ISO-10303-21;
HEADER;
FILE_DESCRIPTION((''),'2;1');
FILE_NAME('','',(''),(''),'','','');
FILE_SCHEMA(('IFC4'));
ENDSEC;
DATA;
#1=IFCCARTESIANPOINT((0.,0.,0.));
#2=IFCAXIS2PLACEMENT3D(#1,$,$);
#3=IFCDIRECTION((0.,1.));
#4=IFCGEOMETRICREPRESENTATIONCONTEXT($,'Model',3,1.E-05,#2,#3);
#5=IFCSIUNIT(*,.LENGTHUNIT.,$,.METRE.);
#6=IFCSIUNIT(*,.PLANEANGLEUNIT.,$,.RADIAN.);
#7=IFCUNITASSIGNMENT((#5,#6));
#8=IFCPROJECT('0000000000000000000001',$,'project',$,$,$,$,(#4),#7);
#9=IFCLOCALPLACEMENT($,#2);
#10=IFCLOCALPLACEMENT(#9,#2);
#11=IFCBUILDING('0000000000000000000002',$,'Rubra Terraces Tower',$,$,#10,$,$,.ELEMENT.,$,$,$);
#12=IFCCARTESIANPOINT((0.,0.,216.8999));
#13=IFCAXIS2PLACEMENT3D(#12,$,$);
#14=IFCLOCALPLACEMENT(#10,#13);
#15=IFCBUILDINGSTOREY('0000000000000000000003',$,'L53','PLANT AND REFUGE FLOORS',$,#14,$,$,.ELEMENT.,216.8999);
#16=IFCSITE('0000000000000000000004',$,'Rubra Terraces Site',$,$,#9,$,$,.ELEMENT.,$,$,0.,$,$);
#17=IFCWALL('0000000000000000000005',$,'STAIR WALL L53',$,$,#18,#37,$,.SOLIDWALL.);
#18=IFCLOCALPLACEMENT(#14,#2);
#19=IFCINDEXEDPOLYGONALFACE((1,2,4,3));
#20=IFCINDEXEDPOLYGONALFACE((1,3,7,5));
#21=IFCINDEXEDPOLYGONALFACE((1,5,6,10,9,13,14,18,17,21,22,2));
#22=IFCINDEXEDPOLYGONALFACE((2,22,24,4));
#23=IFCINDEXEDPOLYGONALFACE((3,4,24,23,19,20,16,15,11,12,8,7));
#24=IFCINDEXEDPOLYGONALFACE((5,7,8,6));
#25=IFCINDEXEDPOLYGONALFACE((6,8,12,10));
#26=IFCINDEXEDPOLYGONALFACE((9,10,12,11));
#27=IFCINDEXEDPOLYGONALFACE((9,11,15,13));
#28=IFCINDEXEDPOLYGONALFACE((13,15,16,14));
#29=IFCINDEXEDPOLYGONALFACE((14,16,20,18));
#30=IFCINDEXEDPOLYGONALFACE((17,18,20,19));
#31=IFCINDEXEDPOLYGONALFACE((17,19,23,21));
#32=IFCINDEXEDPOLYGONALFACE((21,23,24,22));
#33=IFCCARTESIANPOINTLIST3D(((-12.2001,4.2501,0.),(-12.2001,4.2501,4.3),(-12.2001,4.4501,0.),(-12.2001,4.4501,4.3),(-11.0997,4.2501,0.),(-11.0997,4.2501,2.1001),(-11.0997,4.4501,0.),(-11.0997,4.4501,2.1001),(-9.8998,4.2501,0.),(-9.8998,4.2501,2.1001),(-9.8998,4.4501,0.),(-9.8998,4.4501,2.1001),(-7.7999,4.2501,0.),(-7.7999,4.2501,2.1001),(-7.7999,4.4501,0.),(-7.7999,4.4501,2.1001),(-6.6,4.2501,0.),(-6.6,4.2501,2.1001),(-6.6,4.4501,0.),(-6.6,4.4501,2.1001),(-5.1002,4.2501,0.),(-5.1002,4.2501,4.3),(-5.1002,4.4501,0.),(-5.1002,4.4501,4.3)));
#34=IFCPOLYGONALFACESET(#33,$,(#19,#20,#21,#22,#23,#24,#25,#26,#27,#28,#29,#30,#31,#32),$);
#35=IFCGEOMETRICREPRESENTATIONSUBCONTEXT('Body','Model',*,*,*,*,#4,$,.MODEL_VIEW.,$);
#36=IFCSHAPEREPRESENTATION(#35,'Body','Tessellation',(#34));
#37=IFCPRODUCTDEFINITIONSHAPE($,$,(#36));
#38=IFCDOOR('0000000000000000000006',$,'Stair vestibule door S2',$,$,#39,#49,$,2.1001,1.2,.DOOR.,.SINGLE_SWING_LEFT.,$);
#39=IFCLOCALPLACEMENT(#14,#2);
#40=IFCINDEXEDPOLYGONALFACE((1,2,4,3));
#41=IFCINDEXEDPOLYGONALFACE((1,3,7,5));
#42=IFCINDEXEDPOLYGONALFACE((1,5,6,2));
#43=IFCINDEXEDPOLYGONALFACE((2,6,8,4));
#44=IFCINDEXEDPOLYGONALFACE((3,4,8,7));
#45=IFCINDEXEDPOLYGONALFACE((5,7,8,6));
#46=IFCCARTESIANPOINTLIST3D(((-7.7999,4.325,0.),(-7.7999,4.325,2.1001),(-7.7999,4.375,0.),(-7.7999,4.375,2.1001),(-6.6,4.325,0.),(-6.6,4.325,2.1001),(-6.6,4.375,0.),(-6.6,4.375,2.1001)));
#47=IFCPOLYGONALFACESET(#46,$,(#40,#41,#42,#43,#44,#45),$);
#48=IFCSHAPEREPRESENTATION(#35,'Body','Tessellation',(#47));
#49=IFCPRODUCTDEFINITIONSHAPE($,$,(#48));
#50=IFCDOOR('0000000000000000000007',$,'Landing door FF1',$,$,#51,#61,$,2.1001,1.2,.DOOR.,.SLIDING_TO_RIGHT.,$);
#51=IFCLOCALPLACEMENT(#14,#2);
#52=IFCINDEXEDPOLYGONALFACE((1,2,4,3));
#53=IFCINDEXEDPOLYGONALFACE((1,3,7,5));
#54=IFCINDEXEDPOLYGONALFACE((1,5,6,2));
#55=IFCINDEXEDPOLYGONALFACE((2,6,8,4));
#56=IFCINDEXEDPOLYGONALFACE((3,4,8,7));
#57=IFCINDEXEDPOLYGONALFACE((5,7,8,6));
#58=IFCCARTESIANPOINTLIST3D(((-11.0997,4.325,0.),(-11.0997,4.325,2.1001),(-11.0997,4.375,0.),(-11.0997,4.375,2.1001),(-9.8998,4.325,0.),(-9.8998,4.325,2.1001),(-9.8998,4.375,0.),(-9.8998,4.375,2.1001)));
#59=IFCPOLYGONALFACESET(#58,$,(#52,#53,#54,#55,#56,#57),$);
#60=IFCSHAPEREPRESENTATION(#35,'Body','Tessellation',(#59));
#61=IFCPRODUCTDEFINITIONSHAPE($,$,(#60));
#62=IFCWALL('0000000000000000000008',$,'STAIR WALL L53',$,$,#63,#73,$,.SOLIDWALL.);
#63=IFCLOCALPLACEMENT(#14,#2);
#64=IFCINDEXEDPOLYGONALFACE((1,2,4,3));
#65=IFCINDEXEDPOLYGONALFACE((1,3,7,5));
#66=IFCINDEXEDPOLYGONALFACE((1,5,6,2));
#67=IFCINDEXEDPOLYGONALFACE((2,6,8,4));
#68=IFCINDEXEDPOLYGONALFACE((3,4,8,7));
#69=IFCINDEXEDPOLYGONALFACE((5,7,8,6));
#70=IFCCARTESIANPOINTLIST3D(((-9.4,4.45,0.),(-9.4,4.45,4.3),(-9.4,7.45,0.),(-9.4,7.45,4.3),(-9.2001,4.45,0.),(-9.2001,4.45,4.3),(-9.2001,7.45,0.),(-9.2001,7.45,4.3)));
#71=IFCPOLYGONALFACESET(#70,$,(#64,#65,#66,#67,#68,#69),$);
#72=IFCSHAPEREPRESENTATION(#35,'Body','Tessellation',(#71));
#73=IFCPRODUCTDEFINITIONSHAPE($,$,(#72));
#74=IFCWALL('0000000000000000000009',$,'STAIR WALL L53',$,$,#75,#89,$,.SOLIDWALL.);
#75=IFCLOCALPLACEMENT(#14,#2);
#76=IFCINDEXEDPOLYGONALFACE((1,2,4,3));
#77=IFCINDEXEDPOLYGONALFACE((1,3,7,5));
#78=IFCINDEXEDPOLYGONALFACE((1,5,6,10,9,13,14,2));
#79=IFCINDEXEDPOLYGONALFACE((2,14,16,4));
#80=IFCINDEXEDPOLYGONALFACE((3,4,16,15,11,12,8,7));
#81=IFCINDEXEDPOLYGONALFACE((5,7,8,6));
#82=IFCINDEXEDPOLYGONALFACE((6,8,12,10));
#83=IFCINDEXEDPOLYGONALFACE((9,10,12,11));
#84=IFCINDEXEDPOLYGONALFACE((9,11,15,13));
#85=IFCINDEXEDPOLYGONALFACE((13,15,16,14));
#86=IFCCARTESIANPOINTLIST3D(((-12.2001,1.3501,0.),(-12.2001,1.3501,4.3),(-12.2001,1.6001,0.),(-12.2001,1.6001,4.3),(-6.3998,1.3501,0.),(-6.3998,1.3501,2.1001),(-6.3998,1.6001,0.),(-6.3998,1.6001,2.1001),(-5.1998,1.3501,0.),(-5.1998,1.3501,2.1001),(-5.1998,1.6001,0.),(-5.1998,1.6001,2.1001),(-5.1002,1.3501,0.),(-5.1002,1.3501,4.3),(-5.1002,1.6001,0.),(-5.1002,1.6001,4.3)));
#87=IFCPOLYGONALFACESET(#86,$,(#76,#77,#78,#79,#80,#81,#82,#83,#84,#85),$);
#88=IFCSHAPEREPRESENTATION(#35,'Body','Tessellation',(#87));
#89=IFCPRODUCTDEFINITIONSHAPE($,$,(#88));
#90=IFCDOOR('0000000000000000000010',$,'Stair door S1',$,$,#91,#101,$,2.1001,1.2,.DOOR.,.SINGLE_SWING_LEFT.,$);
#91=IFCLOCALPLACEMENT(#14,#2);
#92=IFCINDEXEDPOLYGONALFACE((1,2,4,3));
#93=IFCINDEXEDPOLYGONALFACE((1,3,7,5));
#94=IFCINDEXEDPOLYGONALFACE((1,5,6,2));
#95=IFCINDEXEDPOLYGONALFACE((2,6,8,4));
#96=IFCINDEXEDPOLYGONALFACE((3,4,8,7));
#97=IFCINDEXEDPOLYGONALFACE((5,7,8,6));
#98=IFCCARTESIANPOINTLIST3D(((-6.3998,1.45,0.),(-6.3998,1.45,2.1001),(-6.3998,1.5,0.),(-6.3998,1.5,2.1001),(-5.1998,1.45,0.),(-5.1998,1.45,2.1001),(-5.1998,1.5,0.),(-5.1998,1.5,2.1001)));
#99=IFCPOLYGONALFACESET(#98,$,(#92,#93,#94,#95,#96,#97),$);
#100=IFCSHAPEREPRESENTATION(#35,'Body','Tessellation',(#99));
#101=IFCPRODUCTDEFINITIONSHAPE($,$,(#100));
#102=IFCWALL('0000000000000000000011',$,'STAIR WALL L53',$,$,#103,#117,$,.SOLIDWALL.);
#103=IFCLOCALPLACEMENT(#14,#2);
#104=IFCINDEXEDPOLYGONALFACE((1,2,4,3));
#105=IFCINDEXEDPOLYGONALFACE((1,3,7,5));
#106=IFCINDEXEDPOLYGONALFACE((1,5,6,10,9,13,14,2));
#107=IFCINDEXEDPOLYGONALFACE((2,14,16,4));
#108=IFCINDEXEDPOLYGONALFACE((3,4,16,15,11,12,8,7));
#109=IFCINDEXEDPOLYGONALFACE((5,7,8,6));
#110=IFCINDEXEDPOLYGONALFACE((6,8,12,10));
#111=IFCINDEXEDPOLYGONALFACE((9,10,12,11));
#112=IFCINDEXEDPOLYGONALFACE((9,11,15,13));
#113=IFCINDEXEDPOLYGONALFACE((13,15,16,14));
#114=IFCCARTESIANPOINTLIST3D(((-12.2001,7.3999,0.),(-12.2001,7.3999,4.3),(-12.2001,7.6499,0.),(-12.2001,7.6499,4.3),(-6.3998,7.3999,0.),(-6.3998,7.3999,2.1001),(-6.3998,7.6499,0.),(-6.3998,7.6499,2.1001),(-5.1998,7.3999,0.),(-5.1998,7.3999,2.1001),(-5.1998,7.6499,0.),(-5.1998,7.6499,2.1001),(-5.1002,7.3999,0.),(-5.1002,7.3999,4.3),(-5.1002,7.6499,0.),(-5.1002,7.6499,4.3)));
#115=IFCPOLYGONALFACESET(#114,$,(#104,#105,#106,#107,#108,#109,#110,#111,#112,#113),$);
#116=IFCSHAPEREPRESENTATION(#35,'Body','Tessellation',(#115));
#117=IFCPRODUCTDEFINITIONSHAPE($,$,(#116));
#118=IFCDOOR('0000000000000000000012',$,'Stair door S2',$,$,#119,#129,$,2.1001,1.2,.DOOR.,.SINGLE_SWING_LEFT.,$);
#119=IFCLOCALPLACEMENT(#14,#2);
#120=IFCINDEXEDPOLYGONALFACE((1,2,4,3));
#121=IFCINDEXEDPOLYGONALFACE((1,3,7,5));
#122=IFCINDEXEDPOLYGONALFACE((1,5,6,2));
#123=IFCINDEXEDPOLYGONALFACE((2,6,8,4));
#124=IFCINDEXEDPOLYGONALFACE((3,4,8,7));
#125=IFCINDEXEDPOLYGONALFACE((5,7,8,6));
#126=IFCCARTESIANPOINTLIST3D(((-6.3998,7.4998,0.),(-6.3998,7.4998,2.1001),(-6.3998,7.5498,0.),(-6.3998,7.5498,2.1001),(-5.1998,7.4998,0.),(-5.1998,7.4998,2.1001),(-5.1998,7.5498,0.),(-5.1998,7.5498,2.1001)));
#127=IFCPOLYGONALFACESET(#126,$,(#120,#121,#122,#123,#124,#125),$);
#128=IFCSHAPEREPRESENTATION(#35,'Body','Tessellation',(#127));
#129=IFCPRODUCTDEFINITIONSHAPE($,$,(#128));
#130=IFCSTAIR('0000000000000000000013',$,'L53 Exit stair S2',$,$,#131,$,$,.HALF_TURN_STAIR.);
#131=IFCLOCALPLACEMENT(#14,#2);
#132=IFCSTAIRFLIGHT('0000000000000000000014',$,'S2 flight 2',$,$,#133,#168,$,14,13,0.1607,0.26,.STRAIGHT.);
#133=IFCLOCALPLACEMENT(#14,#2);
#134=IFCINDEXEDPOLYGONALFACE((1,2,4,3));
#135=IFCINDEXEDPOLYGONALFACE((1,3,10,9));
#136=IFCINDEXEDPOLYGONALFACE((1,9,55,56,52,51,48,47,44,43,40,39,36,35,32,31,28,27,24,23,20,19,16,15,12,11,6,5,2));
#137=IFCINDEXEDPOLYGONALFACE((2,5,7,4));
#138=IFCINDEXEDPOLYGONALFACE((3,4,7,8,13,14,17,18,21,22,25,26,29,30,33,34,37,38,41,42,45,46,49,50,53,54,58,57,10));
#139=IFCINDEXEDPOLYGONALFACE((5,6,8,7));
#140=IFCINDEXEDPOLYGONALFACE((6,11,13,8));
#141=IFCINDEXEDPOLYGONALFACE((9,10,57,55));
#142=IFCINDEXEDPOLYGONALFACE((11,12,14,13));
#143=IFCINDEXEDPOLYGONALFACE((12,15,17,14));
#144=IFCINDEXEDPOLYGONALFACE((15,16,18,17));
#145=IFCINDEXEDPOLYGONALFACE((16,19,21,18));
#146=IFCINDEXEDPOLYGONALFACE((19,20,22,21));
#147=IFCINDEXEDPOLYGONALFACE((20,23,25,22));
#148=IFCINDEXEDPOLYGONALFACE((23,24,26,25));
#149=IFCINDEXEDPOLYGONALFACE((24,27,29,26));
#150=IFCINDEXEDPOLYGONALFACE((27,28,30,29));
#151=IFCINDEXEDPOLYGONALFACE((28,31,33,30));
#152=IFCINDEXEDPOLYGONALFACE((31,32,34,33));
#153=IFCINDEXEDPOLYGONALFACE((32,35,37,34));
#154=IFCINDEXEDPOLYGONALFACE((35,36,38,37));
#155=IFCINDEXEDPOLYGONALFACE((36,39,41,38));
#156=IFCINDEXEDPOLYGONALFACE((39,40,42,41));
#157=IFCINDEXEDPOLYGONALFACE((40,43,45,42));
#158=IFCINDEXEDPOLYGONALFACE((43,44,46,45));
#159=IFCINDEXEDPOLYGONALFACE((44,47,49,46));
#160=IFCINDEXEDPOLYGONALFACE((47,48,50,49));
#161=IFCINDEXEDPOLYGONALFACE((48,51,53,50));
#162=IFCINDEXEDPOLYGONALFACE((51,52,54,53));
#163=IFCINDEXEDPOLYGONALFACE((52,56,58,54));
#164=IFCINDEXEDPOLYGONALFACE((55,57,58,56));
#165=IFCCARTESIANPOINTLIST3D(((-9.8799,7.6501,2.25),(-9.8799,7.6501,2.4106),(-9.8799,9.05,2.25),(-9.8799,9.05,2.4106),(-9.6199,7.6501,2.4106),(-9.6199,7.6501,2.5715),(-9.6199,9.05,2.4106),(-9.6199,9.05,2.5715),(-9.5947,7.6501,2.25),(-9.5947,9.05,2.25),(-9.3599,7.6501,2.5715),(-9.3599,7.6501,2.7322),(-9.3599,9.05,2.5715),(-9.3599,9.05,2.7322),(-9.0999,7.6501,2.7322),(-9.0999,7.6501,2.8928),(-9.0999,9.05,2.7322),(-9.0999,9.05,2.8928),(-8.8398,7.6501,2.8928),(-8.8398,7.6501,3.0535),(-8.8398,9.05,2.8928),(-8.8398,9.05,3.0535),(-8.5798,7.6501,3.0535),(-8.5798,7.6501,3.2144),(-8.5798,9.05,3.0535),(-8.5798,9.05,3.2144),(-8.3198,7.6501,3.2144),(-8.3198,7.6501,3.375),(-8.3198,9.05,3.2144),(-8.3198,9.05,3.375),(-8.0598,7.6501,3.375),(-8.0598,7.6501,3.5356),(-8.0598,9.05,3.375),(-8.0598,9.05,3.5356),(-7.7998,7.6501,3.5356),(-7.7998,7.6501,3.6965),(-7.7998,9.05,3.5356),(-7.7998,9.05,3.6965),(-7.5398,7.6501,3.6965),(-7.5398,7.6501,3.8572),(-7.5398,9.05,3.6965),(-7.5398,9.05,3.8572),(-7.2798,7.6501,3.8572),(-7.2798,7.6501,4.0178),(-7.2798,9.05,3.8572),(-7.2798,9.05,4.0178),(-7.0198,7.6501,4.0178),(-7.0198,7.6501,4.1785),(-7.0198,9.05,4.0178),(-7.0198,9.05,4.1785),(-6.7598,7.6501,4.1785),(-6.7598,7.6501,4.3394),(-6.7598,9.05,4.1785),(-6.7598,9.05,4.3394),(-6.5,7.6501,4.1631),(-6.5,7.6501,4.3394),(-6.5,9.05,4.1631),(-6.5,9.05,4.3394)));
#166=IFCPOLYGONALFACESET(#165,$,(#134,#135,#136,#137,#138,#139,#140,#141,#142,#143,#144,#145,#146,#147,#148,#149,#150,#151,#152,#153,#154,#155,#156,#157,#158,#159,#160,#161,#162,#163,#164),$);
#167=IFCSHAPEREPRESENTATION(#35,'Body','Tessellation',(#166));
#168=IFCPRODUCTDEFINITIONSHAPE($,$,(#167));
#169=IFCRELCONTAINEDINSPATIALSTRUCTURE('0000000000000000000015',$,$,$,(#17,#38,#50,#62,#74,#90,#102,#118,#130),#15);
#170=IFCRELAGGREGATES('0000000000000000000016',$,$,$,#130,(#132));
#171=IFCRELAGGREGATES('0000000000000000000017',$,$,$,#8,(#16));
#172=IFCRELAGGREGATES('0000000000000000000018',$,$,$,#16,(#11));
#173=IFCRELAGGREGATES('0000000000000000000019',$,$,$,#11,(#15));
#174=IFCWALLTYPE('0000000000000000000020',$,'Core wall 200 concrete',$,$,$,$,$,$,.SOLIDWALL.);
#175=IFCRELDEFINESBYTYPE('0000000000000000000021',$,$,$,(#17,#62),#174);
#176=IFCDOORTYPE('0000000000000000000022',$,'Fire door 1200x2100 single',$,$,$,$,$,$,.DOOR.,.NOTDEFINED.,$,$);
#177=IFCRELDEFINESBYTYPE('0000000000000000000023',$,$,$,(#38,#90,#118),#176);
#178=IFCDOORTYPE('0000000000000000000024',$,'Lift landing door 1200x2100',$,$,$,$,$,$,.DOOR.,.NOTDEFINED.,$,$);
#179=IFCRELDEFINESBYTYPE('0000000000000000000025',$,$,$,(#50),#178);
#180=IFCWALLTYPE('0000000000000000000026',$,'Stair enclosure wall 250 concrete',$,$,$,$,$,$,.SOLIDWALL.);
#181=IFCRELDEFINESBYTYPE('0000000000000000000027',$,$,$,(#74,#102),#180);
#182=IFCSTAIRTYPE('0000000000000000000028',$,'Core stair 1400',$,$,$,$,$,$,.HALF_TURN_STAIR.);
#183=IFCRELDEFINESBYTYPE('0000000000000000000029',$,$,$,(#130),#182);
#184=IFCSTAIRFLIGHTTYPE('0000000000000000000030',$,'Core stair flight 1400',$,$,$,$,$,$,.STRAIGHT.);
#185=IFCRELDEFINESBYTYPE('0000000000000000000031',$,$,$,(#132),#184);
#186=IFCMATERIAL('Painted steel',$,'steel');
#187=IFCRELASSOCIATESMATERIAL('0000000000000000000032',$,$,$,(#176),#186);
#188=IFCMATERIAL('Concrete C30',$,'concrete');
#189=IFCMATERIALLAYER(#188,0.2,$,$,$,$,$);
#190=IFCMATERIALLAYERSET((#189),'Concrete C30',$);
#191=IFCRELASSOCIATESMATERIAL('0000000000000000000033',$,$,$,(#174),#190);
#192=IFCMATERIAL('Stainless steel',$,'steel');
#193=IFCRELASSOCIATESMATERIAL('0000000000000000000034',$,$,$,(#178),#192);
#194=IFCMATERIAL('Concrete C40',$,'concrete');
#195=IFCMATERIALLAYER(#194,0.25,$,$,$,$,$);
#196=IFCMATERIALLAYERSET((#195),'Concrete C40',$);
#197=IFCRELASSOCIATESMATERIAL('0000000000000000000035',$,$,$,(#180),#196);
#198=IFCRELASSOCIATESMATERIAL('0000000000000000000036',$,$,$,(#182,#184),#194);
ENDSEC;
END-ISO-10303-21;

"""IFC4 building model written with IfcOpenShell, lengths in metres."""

from ifc_helpers import new_model, si_unit, direction, frame, frame_2d, origin, place, context, subcontext, project, spatial, polyline, rectangle, outline, extrude, material, layer, layer_set, type_object, element, fill, aggregate, save


model = new_model("IFC4")

# Units and contexts
model_context = context("Model", 3, precision=1e-05, world=origin(), true_north=direction((0.0, 1.0)))
body_context = subcontext(model_context, "Body", "Model", "MODEL_VIEW")
ifc_project = project(units=[si_unit("LENGTHUNIT", "METRE"), si_unit("PLANEANGLEUNIT", "RADIAN")], contexts=[model_context])

# Site, building, storey
site_placement = place(None, origin())
site = spatial("IfcSite", under=ifc_project, at=site_placement, Name="Rubra Terraces Site", CompositionType="ELEMENT", RefElevation=0.0)
building_placement = place(site_placement, origin())
building = spatial("IfcBuilding", under=site, at=building_placement, Name="Rubra Terraces Tower", CompositionType="ELEMENT")
storey_placement = place(building_placement, frame((0.0, 0.0, 216.8999)))
storey = spatial("IfcBuildingStorey", under=building, at=storey_placement, Name="L53", Description="PLANT AND REFUGE FLOORS", CompositionType="ELEMENT", Elevation=216.8999)

# Shared definitions
ifc_material_1 = material(Name="Painted steel", Category="steel")
door_type_1 = type_object("IfcDoorType", Name="Fire door 1200x2100 single", OperationType="NOTDEFINED", PredefinedType="DOOR", material=ifc_material_1)

# Shared definitions
ifc_material_2 = material(Name="Concrete C40", Category="concrete")

# Wall, openings, doors
ifc_material_3 = material(Name="Concrete C30", Category="concrete")
ifc_layer_1 = layer(ifc_material_3, 0.2)
ifc_layer_set_1 = layer_set([ifc_layer_1], Name="Concrete C30")
wall_type_1 = type_object("IfcWallType", Name="Core wall 200 concrete", PredefinedType="SOLIDWALL", material=ifc_layer_set_1)
wall_1_placement = place(storey_placement, frame((-12.2, 4.3501, 0.0), z_axis=(0.0, 0.0, 1.0), x_axis=(1.0, 0.0, 0.0)))
wall_1 = element("IfcWall", 1, at=wall_1_placement, inside=storey, type_object=wall_type_1, Name="STAIR WALL L53", PredefinedType="SOLIDWALL", context=body_context, shape_type="SweptSolid", body=[
    extrude(rectangle(XDim=7.0999, YDim=0.2, at=frame_2d((3.5498, 0.0))), origin(), (0.0, 0.0, 1.0), 4.3),
])
opening_1_placement = place(wall_1_placement, frame((4.3999, 0.0, 0.0)))
opening_1 = element("IfcOpeningElement", 2, at=opening_1_placement, cuts=wall_1, PredefinedType="OPENING", context=body_context, shape_type="SweptSolid", body=[
    extrude(rectangle(XDim=1.2, YDim=2.1001, at=frame_2d((0.6001, 1.05))), frame((0.0, 0.1099, 0.0), z_axis=(0.0, -1.0, 0.0), x_axis=(1.0, 0.0, 0.0)), (0.0, 0.0, 1.0), 0.22),
])
opening_2_placement = place(wall_1_placement, frame((1.1001, 0.0, 0.0)))
opening_2 = element("IfcOpeningElement", 3, at=opening_2_placement, cuts=wall_1, PredefinedType="OPENING", context=body_context, shape_type="SweptSolid", body=[
    extrude(rectangle(XDim=1.2, YDim=2.1001, at=frame_2d((0.6001, 1.05))), frame((0.0, 0.1099, 0.0), z_axis=(0.0, -1.0, 0.0), x_axis=(1.0, 0.0, 0.0)), (0.0, 0.0, 1.0), 0.22),
])
door_1_placement = place(opening_1_placement, origin())
door_1 = element("IfcDoor", 4, at=door_1_placement, inside=storey, type_object=door_type_1, Name="Stair vestibule door S2", OperationType="SINGLE_SWING_LEFT", OverallHeight=2.1001, OverallWidth=1.2, PredefinedType="DOOR", context=body_context, shape_type="SweptSolid", body=[
    extrude(rectangle(XDim=1.2, YDim=2.1001, at=frame_2d((0.6001, 1.05))), frame((0.0, 0.0249, 0.0), z_axis=(0.0, -1.0, 0.0), x_axis=(1.0, 0.0, 0.0)), (0.0, 0.0, 1.0), 0.05),
])
fill(opening_1, door_1)
ifc_material_4 = material(Name="Stainless steel", Category="steel")
door_type_2 = type_object("IfcDoorType", Name="Lift landing door 1200x2100", OperationType="NOTDEFINED", PredefinedType="DOOR", material=ifc_material_4)
door_2_placement = place(opening_2_placement, origin())
door_2 = element("IfcDoor", 5, at=door_2_placement, inside=storey, type_object=door_type_2, Name="Landing door FF1", OperationType="SLIDING_TO_RIGHT", OverallHeight=2.1001, OverallWidth=1.2, PredefinedType="DOOR", context=body_context, shape_type="SweptSolid", body=[
    extrude(rectangle(XDim=1.2, YDim=2.1001, at=frame_2d((0.6001, 1.05))), frame((0.0, 0.0249, 0.0), z_axis=(0.0, -1.0, 0.0), x_axis=(1.0, 0.0, 0.0)), (0.0, 0.0, 1.0), 0.05),
])
fill(opening_2, door_2)

# Wall
wall_2_placement = place(storey_placement, frame((-9.3, 4.45, 0.0), z_axis=(0.0, 0.0, 1.0), x_axis=(0.0, 1.0, 0.0)))
element("IfcWall", 6, at=wall_2_placement, inside=storey, type_object=wall_type_1, Name="STAIR WALL L53", PredefinedType="SOLIDWALL", context=body_context, shape_type="SweptSolid", body=[
    extrude(rectangle(XDim=3.0, YDim=0.2, at=frame_2d((1.5, 0.0))), origin(), (0.0, 0.0, 1.0), 4.3),
])

# Walls, openings, doors
ifc_layer_2 = layer(ifc_material_2, 0.25)
ifc_layer_set_2 = layer_set([ifc_layer_2], Name="Concrete C40")
wall_type_2 = type_object("IfcWallType", Name="Stair enclosure wall 250 concrete", PredefinedType="SOLIDWALL", material=ifc_layer_set_2)
wall_3_placement = place(storey_placement, frame((-12.2, 1.4751, 0.0), z_axis=(0.0, 0.0, 1.0), x_axis=(1.0, 0.0, 0.0)))
wall_3 = element("IfcWall", 7, at=wall_3_placement, inside=storey, type_object=wall_type_2, Name="STAIR WALL L53", PredefinedType="SOLIDWALL", context=body_context, shape_type="SweptSolid", body=[
    extrude(rectangle(XDim=7.0999, YDim=0.25, at=frame_2d((3.5498, 0.0))), origin(), (0.0, 0.0, 1.0), 4.3),
])
opening_3_placement = place(wall_3_placement, frame((5.8, 0.0, 0.0)))
opening_3 = element("IfcOpeningElement", 8, at=opening_3_placement, cuts=wall_3, PredefinedType="OPENING", context=body_context, shape_type="SweptSolid", body=[
    extrude(rectangle(XDim=1.2, YDim=2.1001, at=frame_2d((0.6001, 1.05))), frame((0.0, 0.135, 0.0), z_axis=(0.0, -1.0, 0.0), x_axis=(1.0, 0.0, 0.0)), (0.0, 0.0, 1.0), 0.27),
])
door_3_placement = place(opening_3_placement, origin())
door_3 = element("IfcDoor", 9, at=door_3_placement, inside=storey, type_object=door_type_1, Name="Stair door S1", OperationType="SINGLE_SWING_LEFT", OverallHeight=2.1001, OverallWidth=1.2, PredefinedType="DOOR", context=body_context, shape_type="SweptSolid", body=[
    extrude(rectangle(XDim=1.2, YDim=2.1001, at=frame_2d((0.6001, 1.05))), frame((0.0, 0.0249, 0.0), z_axis=(0.0, -1.0, 0.0), x_axis=(1.0, 0.0, 0.0)), (0.0, 0.0, 1.0), 0.05),
])
fill(opening_3, door_3)
wall_4_placement = place(storey_placement, frame((-12.2, 7.5249, 0.0), z_axis=(0.0, 0.0, 1.0), x_axis=(1.0, 0.0, 0.0)))
wall_4 = element("IfcWall", 10, at=wall_4_placement, inside=storey, type_object=wall_type_2, Name="STAIR WALL L53", PredefinedType="SOLIDWALL", context=body_context, shape_type="SweptSolid", body=[
    extrude(rectangle(XDim=7.0999, YDim=0.25, at=frame_2d((3.5498, 0.0))), origin(), (0.0, 0.0, 1.0), 4.3),
])
opening_4_placement = place(wall_4_placement, frame((5.8, 0.0, 0.0)))
opening_4 = element("IfcOpeningElement", 11, at=opening_4_placement, cuts=wall_4, PredefinedType="OPENING", context=body_context, shape_type="SweptSolid", body=[
    extrude(rectangle(XDim=1.2, YDim=2.1001, at=frame_2d((0.6001, 1.05))), frame((0.0, 0.135, 0.0), z_axis=(0.0, -1.0, 0.0), x_axis=(1.0, 0.0, 0.0)), (0.0, 0.0, 1.0), 0.27),
])
door_4_placement = place(opening_4_placement, origin())
door_4 = element("IfcDoor", 12, at=door_4_placement, inside=storey, type_object=door_type_1, Name="Stair door S2", OperationType="SINGLE_SWING_LEFT", OverallHeight=2.1001, OverallWidth=1.2, PredefinedType="DOOR", context=body_context, shape_type="SweptSolid", body=[
    extrude(rectangle(XDim=1.2, YDim=2.1001, at=frame_2d((0.6001, 1.05))), frame((0.0, 0.0249, 0.0), z_axis=(0.0, -1.0, 0.0), x_axis=(1.0, 0.0, 0.0)), (0.0, 0.0, 1.0), 0.05),
])
fill(opening_4, door_4)

# Stair, stair flight
stair_type = type_object("IfcStairType", Name="Core stair 1400", PredefinedType="HALF_TURN_STAIR", material=ifc_material_2)
stair_placement = place(storey_placement, origin())
stair = element("IfcStair", 13, at=stair_placement, inside=storey, type_object=stair_type, Name="L53 Exit stair S2", PredefinedType="HALF_TURN_STAIR")
stair_flight_type = type_object("IfcStairFlightType", Name="Core stair flight 1400", PredefinedType="STRAIGHT", material=ifc_material_2)
stair_flight_placement = place(storey_placement, frame((-9.8799, 8.3501, 2.25), z_axis=(0.0, 0.0, 1.0), x_axis=(1.0, 0.0, 0.0)))
stair_flight = element("IfcStairFlight", 14, at=stair_flight_placement, type_object=stair_flight_type, Name="S2 flight 2", NumberOfRisers=14, NumberOfTreads=13, PredefinedType="STRAIGHT", RiserHeight=0.1607, TreadLength=0.26, context=body_context, shape_type="SweptSolid", body=[
    extrude(outline(polyline([(0.0, 0.0), (0.0, 0.1606), (0.26, 0.1606), (0.26, 0.3215), (0.52, 0.3215), (0.52, 0.4822), (0.78, 0.4822), (0.78, 0.6428), (1.04, 0.6428), (1.04, 0.8035), (1.3, 0.8035), (1.3, 0.9644), (1.5601, 0.9644), (1.5601, 1.125), (1.8201, 1.125), (1.8201, 1.2856), (2.0801, 1.2856), (2.0801, 1.4465), (2.3401, 1.4465), (2.3401, 1.6072), (2.6001, 1.6072), (2.6001, 1.7678), (2.8601, 1.7678), (2.8601, 1.9285), (3.1201, 1.9285), (3.1201, 2.0894), (3.3799, 2.0894), (3.3799, 2.25), (3.3799, 1.9131), (0.2852, 0.0), (0.0, 0.0)])), frame((0.0, 0.7, 0.0), z_axis=(0.0, -1.0, 0.0), x_axis=(1.0, 0.0, 0.0)), (0.0, 0.0, 1.0), 1.3999),
])
aggregate(stair, [stair_flight])

save(model, "model.ifc")
